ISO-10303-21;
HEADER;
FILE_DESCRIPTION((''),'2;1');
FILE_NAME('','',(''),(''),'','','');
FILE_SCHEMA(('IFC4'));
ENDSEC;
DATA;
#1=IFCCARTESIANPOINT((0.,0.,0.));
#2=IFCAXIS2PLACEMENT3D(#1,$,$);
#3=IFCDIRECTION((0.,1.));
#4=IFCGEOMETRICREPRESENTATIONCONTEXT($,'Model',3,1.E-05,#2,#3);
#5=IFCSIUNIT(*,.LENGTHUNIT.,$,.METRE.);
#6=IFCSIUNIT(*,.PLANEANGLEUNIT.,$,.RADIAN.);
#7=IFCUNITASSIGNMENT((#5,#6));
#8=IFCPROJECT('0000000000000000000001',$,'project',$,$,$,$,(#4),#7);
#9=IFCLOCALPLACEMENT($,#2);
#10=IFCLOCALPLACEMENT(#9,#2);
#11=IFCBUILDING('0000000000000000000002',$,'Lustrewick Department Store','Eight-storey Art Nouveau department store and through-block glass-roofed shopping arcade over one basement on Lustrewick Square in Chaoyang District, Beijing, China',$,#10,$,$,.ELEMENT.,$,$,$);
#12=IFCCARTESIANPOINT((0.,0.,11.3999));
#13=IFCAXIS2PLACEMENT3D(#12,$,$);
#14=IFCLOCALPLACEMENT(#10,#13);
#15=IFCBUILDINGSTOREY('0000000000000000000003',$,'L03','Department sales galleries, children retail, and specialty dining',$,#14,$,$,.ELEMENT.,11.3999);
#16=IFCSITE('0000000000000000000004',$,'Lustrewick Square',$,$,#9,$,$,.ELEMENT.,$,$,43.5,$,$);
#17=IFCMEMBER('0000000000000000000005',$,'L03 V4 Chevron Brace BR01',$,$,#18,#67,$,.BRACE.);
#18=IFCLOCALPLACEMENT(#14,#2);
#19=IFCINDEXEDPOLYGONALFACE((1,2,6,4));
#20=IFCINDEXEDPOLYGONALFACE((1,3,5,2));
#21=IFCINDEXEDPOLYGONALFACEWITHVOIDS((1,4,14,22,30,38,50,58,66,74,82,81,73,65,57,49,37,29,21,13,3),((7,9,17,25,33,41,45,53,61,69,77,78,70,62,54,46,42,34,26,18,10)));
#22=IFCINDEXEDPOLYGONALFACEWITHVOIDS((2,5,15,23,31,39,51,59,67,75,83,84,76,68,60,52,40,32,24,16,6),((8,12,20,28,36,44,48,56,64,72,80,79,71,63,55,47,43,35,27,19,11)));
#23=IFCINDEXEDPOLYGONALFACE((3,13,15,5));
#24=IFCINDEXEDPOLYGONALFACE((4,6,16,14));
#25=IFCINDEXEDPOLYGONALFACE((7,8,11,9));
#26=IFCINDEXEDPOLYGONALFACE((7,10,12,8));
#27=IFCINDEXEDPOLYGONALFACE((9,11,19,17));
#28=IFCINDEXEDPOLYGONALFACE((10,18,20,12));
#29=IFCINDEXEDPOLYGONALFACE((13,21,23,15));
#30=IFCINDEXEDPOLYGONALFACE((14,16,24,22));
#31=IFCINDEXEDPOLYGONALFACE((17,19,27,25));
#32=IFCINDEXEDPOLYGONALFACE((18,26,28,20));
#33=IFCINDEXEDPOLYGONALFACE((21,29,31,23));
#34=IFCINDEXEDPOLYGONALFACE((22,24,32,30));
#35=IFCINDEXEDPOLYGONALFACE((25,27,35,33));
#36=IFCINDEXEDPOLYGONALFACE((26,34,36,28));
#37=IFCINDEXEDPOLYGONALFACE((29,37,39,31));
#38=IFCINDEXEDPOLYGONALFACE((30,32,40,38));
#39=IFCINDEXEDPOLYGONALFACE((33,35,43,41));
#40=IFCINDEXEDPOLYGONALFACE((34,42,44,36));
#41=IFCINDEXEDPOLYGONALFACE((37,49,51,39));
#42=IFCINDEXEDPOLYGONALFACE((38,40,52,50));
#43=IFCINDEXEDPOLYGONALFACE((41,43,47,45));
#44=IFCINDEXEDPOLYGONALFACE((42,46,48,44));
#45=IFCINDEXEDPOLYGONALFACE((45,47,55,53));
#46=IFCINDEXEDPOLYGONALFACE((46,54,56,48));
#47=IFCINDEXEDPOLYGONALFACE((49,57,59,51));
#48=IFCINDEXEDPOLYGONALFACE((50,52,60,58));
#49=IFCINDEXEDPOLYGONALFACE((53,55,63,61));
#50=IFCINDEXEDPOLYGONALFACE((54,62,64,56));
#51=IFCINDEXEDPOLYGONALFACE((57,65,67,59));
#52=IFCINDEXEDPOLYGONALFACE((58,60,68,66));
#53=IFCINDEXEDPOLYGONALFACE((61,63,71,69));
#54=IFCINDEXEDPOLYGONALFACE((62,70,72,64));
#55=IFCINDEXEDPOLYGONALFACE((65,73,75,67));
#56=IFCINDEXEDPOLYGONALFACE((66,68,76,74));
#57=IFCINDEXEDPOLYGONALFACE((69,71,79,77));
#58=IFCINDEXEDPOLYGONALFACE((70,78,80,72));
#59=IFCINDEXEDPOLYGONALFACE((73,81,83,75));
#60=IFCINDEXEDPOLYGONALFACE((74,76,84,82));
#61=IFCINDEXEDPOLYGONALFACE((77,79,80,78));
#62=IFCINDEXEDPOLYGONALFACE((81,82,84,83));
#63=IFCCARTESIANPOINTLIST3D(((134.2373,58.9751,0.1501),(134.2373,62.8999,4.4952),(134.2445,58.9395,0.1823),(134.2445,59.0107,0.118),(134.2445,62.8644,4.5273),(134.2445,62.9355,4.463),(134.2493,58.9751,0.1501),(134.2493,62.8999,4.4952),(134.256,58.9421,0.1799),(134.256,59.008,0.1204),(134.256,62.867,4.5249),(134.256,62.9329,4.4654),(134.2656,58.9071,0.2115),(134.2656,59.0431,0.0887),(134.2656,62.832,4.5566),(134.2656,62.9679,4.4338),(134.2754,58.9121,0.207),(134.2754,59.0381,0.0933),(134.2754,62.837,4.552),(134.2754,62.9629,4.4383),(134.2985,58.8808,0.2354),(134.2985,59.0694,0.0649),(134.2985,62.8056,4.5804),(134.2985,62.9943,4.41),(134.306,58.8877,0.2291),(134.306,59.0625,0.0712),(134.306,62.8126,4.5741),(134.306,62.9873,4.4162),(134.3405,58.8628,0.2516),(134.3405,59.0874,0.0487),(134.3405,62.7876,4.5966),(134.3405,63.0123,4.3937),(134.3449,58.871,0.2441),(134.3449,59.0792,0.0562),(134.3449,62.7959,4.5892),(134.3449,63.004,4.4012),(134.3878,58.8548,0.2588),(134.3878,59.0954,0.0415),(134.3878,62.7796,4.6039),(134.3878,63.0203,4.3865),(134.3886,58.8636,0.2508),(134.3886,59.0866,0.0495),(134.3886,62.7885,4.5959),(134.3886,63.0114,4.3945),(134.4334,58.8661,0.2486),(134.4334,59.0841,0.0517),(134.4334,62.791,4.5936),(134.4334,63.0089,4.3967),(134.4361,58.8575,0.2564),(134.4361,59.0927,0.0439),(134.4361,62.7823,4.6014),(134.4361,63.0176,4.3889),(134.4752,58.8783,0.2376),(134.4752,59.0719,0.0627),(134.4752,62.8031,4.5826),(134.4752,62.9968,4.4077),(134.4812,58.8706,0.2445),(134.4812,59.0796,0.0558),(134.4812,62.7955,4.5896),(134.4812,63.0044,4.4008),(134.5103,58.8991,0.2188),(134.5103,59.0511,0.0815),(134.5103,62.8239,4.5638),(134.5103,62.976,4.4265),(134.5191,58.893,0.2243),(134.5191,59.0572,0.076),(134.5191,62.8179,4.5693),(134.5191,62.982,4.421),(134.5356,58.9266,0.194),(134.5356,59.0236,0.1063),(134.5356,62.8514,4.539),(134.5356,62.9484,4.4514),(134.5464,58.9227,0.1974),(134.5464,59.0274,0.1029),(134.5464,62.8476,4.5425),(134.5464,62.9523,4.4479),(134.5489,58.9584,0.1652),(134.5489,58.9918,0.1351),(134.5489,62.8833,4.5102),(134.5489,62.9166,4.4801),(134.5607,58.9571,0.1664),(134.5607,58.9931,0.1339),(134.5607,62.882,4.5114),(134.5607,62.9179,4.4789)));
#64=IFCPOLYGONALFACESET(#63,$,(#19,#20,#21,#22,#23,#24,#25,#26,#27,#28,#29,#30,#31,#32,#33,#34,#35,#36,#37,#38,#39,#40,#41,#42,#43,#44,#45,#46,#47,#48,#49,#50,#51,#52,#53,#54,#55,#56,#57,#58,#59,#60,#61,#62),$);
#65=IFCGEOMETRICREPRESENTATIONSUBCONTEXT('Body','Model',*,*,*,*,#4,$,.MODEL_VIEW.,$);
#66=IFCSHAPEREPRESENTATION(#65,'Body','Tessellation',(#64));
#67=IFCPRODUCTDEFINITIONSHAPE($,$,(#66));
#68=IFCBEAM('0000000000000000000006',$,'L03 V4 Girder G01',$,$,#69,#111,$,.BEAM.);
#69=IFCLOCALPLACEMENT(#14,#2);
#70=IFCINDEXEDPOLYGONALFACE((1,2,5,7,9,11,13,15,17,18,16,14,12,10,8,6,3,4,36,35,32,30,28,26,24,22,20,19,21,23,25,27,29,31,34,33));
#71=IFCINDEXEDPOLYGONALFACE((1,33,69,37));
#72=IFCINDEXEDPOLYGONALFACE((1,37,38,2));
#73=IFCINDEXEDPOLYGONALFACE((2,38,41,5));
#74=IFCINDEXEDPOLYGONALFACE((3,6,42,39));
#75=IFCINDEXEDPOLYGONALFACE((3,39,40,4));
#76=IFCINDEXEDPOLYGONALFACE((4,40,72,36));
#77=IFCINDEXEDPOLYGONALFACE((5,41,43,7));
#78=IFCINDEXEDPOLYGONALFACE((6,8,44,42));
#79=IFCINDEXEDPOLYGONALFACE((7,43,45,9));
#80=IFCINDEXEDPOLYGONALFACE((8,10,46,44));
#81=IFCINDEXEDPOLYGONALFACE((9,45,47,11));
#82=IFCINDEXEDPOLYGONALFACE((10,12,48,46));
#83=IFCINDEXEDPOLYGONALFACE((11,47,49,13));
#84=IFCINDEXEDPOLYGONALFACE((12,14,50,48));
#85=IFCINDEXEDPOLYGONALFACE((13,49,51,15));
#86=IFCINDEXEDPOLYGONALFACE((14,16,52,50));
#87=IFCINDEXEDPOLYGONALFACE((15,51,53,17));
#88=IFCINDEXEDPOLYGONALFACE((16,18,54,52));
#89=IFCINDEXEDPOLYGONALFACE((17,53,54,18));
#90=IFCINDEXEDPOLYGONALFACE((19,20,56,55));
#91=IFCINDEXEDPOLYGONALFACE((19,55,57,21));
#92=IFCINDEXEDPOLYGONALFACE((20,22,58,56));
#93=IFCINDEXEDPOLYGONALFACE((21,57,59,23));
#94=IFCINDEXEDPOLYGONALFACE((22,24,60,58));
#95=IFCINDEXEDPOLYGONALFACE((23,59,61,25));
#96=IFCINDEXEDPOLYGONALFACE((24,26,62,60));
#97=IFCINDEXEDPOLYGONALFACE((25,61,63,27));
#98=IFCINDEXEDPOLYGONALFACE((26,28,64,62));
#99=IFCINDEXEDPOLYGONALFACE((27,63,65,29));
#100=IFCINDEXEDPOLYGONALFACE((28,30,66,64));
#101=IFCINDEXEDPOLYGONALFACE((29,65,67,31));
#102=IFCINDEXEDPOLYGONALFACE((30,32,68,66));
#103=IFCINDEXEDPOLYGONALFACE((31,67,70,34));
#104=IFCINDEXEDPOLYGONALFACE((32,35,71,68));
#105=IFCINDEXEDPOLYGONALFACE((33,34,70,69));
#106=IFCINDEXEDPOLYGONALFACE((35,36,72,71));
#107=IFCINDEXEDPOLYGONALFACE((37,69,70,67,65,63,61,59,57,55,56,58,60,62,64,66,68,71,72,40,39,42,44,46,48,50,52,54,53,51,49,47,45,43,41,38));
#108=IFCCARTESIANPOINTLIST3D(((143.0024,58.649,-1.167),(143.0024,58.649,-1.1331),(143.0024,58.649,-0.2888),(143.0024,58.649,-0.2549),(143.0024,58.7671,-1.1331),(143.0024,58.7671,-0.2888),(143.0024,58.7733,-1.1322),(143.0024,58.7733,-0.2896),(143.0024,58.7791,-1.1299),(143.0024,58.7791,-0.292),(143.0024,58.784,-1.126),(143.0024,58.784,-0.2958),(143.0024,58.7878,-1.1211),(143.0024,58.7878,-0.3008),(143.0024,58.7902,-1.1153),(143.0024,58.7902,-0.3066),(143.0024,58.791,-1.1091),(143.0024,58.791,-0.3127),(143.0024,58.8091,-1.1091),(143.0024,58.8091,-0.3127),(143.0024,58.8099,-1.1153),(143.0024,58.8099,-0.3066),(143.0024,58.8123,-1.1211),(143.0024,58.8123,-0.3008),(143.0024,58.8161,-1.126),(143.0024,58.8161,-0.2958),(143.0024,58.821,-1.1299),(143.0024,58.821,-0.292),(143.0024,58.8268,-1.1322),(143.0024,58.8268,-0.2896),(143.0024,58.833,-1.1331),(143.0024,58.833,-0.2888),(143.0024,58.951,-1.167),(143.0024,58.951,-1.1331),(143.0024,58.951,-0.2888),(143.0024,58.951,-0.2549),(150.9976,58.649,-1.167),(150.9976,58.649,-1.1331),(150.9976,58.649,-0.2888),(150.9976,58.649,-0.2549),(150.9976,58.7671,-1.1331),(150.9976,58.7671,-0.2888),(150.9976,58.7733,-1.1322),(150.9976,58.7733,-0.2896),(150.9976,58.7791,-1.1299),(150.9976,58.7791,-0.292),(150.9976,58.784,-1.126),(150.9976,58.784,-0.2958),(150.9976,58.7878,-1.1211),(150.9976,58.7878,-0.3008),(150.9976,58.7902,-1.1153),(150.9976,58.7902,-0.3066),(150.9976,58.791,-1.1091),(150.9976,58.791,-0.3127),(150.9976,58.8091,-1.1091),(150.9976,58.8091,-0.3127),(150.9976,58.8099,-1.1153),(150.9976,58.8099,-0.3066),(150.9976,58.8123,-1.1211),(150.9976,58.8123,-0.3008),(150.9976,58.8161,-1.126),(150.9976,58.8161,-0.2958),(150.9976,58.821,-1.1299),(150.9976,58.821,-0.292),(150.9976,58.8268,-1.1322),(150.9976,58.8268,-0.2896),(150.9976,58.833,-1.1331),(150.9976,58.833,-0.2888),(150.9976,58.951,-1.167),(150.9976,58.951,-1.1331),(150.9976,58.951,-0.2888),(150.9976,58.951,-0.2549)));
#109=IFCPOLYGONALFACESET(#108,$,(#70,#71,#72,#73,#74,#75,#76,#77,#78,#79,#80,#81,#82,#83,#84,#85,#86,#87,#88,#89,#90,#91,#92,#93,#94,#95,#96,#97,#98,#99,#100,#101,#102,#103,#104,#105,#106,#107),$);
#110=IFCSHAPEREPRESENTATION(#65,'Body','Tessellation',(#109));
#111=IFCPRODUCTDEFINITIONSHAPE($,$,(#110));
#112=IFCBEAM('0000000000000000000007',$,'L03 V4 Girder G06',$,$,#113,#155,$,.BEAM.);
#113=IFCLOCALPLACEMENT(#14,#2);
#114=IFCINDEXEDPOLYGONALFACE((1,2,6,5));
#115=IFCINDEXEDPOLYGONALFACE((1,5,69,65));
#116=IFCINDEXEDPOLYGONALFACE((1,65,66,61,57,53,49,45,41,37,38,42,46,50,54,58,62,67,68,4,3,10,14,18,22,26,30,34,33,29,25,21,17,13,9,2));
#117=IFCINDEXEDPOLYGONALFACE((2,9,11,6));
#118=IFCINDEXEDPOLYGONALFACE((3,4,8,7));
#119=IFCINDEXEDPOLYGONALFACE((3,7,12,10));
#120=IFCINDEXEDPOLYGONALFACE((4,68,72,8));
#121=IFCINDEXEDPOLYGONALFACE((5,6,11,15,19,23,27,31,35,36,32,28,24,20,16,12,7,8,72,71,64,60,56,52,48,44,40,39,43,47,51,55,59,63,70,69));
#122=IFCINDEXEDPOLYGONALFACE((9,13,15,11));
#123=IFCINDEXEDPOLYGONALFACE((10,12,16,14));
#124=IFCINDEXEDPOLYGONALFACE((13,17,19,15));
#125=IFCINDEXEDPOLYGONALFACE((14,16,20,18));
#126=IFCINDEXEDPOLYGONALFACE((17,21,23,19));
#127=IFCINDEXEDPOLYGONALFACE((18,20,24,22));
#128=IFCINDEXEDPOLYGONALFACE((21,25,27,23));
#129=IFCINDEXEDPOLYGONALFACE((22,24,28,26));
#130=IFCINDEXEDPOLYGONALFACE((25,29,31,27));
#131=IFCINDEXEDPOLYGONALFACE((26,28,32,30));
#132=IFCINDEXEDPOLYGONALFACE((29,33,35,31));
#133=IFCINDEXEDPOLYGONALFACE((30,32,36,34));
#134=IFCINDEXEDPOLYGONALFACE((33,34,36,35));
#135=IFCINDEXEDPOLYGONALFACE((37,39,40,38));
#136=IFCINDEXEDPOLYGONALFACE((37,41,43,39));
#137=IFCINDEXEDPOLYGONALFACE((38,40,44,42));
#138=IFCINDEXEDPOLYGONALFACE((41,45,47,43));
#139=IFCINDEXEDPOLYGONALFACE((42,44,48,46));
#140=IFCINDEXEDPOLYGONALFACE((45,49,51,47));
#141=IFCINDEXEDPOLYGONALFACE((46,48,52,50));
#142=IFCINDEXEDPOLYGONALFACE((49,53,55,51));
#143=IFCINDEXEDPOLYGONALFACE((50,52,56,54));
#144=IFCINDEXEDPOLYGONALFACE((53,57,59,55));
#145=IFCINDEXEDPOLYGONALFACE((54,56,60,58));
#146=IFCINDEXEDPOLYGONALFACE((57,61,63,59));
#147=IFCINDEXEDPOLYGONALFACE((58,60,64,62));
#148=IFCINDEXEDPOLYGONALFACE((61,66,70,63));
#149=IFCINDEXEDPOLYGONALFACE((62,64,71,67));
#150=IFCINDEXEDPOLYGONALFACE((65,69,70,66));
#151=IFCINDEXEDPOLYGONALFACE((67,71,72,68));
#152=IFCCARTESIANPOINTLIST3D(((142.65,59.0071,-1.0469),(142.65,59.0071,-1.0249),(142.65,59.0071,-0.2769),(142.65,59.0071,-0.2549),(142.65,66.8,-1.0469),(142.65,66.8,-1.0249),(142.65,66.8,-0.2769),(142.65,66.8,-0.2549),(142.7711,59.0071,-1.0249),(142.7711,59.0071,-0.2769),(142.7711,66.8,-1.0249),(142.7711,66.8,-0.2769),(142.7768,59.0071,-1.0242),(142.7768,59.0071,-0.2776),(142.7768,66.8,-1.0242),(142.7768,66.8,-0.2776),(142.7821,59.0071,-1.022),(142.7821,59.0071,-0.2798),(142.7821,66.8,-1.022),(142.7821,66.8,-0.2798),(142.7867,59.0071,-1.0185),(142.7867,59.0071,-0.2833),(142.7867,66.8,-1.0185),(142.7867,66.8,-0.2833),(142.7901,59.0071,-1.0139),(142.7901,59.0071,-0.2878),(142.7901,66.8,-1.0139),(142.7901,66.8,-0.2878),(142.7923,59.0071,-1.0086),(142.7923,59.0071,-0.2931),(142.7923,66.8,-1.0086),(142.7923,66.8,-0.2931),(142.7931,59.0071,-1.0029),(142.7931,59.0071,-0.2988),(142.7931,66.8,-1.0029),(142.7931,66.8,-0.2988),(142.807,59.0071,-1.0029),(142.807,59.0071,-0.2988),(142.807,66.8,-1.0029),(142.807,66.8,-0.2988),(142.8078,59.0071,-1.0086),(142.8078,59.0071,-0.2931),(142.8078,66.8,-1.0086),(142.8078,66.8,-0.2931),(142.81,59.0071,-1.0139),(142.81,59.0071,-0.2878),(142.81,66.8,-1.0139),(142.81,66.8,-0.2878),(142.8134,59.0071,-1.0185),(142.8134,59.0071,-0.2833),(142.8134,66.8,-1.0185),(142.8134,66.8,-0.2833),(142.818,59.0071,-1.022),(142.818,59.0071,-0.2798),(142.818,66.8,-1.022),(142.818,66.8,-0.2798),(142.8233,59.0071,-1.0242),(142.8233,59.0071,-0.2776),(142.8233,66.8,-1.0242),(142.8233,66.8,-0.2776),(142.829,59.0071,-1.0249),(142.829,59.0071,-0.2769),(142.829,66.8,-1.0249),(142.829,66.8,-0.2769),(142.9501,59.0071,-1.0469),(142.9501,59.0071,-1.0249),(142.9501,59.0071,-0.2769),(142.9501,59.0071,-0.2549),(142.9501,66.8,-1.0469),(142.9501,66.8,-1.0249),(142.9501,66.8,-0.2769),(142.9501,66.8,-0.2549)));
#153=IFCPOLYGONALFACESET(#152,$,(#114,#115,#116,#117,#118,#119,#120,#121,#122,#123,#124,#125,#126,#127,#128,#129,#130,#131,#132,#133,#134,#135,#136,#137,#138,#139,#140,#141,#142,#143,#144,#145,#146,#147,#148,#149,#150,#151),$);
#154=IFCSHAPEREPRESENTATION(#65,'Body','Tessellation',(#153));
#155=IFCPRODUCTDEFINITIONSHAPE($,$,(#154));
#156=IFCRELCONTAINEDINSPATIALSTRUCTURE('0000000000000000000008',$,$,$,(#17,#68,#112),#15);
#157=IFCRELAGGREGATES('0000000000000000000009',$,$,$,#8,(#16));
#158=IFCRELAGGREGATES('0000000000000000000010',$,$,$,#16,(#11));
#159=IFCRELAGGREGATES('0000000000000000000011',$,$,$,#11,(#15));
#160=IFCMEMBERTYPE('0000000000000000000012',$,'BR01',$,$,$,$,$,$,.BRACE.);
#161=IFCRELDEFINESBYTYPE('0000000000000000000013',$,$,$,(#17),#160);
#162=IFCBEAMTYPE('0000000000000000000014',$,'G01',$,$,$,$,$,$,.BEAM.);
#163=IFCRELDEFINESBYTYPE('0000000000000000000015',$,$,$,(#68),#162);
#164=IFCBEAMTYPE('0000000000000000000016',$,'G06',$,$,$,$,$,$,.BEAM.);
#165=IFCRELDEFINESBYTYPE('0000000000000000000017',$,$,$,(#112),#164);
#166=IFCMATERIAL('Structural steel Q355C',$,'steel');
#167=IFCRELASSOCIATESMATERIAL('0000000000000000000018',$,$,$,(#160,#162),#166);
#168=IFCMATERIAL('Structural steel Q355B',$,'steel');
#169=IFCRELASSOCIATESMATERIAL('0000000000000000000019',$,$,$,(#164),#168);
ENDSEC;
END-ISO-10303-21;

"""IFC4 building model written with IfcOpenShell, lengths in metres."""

from ifc_helpers import new_model, si_unit, direction, frame, origin, origin_2d, place, context, subcontext, project, spatial, hollow_circle, i_section, extrude, material, material_profile, profile_set, type_object, element, save


model = new_model("IFC4")

# Units and contexts
model_context = context("Model", 3, precision=1e-05, world=origin(), true_north=direction((0.0, 1.0)))
body_context = subcontext(model_context, "Body", "Model", "MODEL_VIEW")
ifc_project = project(units=[si_unit("LENGTHUNIT", "METRE"), si_unit("PLANEANGLEUNIT", "RADIAN")], contexts=[model_context])

# Site, building, storey
site_placement = place(None, origin())
site = spatial("IfcSite", under=ifc_project, at=site_placement, Name="Lustrewick Square", CompositionType="ELEMENT", RefElevation=43.5)
building_placement = place(site_placement, origin())
building = spatial("IfcBuilding", under=site, at=building_placement, Name="Lustrewick Department Store", Description="Eight-storey Art Nouveau department store and through-block glass-roofed shopping arcade over one basement on Lustrewick Square in Chaoyang District, Beijing, China", CompositionType="ELEMENT")
storey_placement = place(building_placement, frame((0.0, 0.0, 11.3999)))
storey = spatial("IfcBuildingStorey", under=building, at=storey_placement, Name="L03", Description="Department sales galleries, children retail, and specialty dining", CompositionType="ELEMENT", Elevation=11.3999)

# Shared definitions
ifc_material_1 = material(Name="Structural steel Q355B", Category="steel")
ifc_material_2 = material(Name="Structural steel Q355C", Category="steel")

# Member
ifc_material_profile_1 = material_profile(ifc_material_2, hollow_circle(Radius=0.1626, WallThickness=0.012, at=origin_2d()), Name="CHS 325x12")
ifc_profile_set_1 = profile_set([ifc_material_profile_1], Name="Structural steel Q355C")
member_type = type_object("IfcMemberType", Name="BR01", PredefinedType="BRACE", material=ifc_profile_set_1)
member_placement = place(storey_placement, frame((134.3999, 58.9751, 0.1501), z_axis=(0.0, 0.670316, 0.742076), x_axis=(-1.0, 0.0, 0.0)))
element("IfcMember", 1, at=member_placement, inside=storey, type_object=member_type, Name="L03 V4 Chevron Brace BR01", PredefinedType="BRACE", context=body_context, shape_type="SweptSolid", body=[
    extrude(hollow_circle(Radius=0.1626, WallThickness=0.012, at=origin_2d()), origin(), (0.0, 0.0, 1.0), 5.8552),
])

# Beams
ifc_material_profile_2 = material_profile(ifc_material_2, i_section(OverallWidth=0.302, OverallDepth=0.9121, WebThickness=0.0181, FlangeThickness=0.0339, FilletRadius=0.0239, at=origin_2d()), Name="HN 912x302x18x34")
ifc_profile_set_2 = profile_set([ifc_material_profile_2], Name="Structural steel Q355C")
beam_type_1 = type_object("IfcBeamType", Name="G01", PredefinedType="BEAM", material=ifc_profile_set_2)
beam_1_placement = place(storey_placement, frame((143.0024, 58.8, -0.7109), z_axis=(1.0, 0.0, 0.0), x_axis=(0.0, 1.0, 0.0)))
element("IfcBeam", 2, at=beam_1_placement, inside=storey, type_object=beam_type_1, Name="L03 V4 Girder G01", PredefinedType="BEAM", context=body_context, shape_type="SweptSolid", body=[
    extrude(i_section(OverallWidth=0.302, OverallDepth=0.9121, WebThickness=0.0181, FlangeThickness=0.0339, FilletRadius=0.0239, at=origin_2d()), origin(), (0.0, 0.0, 1.0), 7.9951),
])
ifc_material_profile_3 = material_profile(ifc_material_1, i_section(OverallWidth=0.3, OverallDepth=0.792, WebThickness=0.0139, FlangeThickness=0.022, FilletRadius=0.022, at=origin_2d()), Name="HN 792x300x14x22")
ifc_profile_set_3 = profile_set([ifc_material_profile_3], Name="Structural steel Q355B")
beam_type_2 = type_object("IfcBeamType", Name="G06", PredefinedType="BEAM", material=ifc_profile_set_3)
beam_2_placement = place(storey_placement, frame((142.8, 59.0071, -0.6509), z_axis=(0.0, 1.0, 0.0), x_axis=(-1.0, 0.0, 0.0)))
element("IfcBeam", 3, at=beam_2_placement, inside=storey, type_object=beam_type_2, Name="L03 V4 Girder G06", PredefinedType="BEAM", context=body_context, shape_type="SweptSolid", body=[
    extrude(i_section(OverallWidth=0.3, OverallDepth=0.792, WebThickness=0.0139, FlangeThickness=0.022, FilletRadius=0.022, at=origin_2d()), origin(), (0.0, 0.0, 1.0), 7.793),
])

save(model, "model.ifc")
